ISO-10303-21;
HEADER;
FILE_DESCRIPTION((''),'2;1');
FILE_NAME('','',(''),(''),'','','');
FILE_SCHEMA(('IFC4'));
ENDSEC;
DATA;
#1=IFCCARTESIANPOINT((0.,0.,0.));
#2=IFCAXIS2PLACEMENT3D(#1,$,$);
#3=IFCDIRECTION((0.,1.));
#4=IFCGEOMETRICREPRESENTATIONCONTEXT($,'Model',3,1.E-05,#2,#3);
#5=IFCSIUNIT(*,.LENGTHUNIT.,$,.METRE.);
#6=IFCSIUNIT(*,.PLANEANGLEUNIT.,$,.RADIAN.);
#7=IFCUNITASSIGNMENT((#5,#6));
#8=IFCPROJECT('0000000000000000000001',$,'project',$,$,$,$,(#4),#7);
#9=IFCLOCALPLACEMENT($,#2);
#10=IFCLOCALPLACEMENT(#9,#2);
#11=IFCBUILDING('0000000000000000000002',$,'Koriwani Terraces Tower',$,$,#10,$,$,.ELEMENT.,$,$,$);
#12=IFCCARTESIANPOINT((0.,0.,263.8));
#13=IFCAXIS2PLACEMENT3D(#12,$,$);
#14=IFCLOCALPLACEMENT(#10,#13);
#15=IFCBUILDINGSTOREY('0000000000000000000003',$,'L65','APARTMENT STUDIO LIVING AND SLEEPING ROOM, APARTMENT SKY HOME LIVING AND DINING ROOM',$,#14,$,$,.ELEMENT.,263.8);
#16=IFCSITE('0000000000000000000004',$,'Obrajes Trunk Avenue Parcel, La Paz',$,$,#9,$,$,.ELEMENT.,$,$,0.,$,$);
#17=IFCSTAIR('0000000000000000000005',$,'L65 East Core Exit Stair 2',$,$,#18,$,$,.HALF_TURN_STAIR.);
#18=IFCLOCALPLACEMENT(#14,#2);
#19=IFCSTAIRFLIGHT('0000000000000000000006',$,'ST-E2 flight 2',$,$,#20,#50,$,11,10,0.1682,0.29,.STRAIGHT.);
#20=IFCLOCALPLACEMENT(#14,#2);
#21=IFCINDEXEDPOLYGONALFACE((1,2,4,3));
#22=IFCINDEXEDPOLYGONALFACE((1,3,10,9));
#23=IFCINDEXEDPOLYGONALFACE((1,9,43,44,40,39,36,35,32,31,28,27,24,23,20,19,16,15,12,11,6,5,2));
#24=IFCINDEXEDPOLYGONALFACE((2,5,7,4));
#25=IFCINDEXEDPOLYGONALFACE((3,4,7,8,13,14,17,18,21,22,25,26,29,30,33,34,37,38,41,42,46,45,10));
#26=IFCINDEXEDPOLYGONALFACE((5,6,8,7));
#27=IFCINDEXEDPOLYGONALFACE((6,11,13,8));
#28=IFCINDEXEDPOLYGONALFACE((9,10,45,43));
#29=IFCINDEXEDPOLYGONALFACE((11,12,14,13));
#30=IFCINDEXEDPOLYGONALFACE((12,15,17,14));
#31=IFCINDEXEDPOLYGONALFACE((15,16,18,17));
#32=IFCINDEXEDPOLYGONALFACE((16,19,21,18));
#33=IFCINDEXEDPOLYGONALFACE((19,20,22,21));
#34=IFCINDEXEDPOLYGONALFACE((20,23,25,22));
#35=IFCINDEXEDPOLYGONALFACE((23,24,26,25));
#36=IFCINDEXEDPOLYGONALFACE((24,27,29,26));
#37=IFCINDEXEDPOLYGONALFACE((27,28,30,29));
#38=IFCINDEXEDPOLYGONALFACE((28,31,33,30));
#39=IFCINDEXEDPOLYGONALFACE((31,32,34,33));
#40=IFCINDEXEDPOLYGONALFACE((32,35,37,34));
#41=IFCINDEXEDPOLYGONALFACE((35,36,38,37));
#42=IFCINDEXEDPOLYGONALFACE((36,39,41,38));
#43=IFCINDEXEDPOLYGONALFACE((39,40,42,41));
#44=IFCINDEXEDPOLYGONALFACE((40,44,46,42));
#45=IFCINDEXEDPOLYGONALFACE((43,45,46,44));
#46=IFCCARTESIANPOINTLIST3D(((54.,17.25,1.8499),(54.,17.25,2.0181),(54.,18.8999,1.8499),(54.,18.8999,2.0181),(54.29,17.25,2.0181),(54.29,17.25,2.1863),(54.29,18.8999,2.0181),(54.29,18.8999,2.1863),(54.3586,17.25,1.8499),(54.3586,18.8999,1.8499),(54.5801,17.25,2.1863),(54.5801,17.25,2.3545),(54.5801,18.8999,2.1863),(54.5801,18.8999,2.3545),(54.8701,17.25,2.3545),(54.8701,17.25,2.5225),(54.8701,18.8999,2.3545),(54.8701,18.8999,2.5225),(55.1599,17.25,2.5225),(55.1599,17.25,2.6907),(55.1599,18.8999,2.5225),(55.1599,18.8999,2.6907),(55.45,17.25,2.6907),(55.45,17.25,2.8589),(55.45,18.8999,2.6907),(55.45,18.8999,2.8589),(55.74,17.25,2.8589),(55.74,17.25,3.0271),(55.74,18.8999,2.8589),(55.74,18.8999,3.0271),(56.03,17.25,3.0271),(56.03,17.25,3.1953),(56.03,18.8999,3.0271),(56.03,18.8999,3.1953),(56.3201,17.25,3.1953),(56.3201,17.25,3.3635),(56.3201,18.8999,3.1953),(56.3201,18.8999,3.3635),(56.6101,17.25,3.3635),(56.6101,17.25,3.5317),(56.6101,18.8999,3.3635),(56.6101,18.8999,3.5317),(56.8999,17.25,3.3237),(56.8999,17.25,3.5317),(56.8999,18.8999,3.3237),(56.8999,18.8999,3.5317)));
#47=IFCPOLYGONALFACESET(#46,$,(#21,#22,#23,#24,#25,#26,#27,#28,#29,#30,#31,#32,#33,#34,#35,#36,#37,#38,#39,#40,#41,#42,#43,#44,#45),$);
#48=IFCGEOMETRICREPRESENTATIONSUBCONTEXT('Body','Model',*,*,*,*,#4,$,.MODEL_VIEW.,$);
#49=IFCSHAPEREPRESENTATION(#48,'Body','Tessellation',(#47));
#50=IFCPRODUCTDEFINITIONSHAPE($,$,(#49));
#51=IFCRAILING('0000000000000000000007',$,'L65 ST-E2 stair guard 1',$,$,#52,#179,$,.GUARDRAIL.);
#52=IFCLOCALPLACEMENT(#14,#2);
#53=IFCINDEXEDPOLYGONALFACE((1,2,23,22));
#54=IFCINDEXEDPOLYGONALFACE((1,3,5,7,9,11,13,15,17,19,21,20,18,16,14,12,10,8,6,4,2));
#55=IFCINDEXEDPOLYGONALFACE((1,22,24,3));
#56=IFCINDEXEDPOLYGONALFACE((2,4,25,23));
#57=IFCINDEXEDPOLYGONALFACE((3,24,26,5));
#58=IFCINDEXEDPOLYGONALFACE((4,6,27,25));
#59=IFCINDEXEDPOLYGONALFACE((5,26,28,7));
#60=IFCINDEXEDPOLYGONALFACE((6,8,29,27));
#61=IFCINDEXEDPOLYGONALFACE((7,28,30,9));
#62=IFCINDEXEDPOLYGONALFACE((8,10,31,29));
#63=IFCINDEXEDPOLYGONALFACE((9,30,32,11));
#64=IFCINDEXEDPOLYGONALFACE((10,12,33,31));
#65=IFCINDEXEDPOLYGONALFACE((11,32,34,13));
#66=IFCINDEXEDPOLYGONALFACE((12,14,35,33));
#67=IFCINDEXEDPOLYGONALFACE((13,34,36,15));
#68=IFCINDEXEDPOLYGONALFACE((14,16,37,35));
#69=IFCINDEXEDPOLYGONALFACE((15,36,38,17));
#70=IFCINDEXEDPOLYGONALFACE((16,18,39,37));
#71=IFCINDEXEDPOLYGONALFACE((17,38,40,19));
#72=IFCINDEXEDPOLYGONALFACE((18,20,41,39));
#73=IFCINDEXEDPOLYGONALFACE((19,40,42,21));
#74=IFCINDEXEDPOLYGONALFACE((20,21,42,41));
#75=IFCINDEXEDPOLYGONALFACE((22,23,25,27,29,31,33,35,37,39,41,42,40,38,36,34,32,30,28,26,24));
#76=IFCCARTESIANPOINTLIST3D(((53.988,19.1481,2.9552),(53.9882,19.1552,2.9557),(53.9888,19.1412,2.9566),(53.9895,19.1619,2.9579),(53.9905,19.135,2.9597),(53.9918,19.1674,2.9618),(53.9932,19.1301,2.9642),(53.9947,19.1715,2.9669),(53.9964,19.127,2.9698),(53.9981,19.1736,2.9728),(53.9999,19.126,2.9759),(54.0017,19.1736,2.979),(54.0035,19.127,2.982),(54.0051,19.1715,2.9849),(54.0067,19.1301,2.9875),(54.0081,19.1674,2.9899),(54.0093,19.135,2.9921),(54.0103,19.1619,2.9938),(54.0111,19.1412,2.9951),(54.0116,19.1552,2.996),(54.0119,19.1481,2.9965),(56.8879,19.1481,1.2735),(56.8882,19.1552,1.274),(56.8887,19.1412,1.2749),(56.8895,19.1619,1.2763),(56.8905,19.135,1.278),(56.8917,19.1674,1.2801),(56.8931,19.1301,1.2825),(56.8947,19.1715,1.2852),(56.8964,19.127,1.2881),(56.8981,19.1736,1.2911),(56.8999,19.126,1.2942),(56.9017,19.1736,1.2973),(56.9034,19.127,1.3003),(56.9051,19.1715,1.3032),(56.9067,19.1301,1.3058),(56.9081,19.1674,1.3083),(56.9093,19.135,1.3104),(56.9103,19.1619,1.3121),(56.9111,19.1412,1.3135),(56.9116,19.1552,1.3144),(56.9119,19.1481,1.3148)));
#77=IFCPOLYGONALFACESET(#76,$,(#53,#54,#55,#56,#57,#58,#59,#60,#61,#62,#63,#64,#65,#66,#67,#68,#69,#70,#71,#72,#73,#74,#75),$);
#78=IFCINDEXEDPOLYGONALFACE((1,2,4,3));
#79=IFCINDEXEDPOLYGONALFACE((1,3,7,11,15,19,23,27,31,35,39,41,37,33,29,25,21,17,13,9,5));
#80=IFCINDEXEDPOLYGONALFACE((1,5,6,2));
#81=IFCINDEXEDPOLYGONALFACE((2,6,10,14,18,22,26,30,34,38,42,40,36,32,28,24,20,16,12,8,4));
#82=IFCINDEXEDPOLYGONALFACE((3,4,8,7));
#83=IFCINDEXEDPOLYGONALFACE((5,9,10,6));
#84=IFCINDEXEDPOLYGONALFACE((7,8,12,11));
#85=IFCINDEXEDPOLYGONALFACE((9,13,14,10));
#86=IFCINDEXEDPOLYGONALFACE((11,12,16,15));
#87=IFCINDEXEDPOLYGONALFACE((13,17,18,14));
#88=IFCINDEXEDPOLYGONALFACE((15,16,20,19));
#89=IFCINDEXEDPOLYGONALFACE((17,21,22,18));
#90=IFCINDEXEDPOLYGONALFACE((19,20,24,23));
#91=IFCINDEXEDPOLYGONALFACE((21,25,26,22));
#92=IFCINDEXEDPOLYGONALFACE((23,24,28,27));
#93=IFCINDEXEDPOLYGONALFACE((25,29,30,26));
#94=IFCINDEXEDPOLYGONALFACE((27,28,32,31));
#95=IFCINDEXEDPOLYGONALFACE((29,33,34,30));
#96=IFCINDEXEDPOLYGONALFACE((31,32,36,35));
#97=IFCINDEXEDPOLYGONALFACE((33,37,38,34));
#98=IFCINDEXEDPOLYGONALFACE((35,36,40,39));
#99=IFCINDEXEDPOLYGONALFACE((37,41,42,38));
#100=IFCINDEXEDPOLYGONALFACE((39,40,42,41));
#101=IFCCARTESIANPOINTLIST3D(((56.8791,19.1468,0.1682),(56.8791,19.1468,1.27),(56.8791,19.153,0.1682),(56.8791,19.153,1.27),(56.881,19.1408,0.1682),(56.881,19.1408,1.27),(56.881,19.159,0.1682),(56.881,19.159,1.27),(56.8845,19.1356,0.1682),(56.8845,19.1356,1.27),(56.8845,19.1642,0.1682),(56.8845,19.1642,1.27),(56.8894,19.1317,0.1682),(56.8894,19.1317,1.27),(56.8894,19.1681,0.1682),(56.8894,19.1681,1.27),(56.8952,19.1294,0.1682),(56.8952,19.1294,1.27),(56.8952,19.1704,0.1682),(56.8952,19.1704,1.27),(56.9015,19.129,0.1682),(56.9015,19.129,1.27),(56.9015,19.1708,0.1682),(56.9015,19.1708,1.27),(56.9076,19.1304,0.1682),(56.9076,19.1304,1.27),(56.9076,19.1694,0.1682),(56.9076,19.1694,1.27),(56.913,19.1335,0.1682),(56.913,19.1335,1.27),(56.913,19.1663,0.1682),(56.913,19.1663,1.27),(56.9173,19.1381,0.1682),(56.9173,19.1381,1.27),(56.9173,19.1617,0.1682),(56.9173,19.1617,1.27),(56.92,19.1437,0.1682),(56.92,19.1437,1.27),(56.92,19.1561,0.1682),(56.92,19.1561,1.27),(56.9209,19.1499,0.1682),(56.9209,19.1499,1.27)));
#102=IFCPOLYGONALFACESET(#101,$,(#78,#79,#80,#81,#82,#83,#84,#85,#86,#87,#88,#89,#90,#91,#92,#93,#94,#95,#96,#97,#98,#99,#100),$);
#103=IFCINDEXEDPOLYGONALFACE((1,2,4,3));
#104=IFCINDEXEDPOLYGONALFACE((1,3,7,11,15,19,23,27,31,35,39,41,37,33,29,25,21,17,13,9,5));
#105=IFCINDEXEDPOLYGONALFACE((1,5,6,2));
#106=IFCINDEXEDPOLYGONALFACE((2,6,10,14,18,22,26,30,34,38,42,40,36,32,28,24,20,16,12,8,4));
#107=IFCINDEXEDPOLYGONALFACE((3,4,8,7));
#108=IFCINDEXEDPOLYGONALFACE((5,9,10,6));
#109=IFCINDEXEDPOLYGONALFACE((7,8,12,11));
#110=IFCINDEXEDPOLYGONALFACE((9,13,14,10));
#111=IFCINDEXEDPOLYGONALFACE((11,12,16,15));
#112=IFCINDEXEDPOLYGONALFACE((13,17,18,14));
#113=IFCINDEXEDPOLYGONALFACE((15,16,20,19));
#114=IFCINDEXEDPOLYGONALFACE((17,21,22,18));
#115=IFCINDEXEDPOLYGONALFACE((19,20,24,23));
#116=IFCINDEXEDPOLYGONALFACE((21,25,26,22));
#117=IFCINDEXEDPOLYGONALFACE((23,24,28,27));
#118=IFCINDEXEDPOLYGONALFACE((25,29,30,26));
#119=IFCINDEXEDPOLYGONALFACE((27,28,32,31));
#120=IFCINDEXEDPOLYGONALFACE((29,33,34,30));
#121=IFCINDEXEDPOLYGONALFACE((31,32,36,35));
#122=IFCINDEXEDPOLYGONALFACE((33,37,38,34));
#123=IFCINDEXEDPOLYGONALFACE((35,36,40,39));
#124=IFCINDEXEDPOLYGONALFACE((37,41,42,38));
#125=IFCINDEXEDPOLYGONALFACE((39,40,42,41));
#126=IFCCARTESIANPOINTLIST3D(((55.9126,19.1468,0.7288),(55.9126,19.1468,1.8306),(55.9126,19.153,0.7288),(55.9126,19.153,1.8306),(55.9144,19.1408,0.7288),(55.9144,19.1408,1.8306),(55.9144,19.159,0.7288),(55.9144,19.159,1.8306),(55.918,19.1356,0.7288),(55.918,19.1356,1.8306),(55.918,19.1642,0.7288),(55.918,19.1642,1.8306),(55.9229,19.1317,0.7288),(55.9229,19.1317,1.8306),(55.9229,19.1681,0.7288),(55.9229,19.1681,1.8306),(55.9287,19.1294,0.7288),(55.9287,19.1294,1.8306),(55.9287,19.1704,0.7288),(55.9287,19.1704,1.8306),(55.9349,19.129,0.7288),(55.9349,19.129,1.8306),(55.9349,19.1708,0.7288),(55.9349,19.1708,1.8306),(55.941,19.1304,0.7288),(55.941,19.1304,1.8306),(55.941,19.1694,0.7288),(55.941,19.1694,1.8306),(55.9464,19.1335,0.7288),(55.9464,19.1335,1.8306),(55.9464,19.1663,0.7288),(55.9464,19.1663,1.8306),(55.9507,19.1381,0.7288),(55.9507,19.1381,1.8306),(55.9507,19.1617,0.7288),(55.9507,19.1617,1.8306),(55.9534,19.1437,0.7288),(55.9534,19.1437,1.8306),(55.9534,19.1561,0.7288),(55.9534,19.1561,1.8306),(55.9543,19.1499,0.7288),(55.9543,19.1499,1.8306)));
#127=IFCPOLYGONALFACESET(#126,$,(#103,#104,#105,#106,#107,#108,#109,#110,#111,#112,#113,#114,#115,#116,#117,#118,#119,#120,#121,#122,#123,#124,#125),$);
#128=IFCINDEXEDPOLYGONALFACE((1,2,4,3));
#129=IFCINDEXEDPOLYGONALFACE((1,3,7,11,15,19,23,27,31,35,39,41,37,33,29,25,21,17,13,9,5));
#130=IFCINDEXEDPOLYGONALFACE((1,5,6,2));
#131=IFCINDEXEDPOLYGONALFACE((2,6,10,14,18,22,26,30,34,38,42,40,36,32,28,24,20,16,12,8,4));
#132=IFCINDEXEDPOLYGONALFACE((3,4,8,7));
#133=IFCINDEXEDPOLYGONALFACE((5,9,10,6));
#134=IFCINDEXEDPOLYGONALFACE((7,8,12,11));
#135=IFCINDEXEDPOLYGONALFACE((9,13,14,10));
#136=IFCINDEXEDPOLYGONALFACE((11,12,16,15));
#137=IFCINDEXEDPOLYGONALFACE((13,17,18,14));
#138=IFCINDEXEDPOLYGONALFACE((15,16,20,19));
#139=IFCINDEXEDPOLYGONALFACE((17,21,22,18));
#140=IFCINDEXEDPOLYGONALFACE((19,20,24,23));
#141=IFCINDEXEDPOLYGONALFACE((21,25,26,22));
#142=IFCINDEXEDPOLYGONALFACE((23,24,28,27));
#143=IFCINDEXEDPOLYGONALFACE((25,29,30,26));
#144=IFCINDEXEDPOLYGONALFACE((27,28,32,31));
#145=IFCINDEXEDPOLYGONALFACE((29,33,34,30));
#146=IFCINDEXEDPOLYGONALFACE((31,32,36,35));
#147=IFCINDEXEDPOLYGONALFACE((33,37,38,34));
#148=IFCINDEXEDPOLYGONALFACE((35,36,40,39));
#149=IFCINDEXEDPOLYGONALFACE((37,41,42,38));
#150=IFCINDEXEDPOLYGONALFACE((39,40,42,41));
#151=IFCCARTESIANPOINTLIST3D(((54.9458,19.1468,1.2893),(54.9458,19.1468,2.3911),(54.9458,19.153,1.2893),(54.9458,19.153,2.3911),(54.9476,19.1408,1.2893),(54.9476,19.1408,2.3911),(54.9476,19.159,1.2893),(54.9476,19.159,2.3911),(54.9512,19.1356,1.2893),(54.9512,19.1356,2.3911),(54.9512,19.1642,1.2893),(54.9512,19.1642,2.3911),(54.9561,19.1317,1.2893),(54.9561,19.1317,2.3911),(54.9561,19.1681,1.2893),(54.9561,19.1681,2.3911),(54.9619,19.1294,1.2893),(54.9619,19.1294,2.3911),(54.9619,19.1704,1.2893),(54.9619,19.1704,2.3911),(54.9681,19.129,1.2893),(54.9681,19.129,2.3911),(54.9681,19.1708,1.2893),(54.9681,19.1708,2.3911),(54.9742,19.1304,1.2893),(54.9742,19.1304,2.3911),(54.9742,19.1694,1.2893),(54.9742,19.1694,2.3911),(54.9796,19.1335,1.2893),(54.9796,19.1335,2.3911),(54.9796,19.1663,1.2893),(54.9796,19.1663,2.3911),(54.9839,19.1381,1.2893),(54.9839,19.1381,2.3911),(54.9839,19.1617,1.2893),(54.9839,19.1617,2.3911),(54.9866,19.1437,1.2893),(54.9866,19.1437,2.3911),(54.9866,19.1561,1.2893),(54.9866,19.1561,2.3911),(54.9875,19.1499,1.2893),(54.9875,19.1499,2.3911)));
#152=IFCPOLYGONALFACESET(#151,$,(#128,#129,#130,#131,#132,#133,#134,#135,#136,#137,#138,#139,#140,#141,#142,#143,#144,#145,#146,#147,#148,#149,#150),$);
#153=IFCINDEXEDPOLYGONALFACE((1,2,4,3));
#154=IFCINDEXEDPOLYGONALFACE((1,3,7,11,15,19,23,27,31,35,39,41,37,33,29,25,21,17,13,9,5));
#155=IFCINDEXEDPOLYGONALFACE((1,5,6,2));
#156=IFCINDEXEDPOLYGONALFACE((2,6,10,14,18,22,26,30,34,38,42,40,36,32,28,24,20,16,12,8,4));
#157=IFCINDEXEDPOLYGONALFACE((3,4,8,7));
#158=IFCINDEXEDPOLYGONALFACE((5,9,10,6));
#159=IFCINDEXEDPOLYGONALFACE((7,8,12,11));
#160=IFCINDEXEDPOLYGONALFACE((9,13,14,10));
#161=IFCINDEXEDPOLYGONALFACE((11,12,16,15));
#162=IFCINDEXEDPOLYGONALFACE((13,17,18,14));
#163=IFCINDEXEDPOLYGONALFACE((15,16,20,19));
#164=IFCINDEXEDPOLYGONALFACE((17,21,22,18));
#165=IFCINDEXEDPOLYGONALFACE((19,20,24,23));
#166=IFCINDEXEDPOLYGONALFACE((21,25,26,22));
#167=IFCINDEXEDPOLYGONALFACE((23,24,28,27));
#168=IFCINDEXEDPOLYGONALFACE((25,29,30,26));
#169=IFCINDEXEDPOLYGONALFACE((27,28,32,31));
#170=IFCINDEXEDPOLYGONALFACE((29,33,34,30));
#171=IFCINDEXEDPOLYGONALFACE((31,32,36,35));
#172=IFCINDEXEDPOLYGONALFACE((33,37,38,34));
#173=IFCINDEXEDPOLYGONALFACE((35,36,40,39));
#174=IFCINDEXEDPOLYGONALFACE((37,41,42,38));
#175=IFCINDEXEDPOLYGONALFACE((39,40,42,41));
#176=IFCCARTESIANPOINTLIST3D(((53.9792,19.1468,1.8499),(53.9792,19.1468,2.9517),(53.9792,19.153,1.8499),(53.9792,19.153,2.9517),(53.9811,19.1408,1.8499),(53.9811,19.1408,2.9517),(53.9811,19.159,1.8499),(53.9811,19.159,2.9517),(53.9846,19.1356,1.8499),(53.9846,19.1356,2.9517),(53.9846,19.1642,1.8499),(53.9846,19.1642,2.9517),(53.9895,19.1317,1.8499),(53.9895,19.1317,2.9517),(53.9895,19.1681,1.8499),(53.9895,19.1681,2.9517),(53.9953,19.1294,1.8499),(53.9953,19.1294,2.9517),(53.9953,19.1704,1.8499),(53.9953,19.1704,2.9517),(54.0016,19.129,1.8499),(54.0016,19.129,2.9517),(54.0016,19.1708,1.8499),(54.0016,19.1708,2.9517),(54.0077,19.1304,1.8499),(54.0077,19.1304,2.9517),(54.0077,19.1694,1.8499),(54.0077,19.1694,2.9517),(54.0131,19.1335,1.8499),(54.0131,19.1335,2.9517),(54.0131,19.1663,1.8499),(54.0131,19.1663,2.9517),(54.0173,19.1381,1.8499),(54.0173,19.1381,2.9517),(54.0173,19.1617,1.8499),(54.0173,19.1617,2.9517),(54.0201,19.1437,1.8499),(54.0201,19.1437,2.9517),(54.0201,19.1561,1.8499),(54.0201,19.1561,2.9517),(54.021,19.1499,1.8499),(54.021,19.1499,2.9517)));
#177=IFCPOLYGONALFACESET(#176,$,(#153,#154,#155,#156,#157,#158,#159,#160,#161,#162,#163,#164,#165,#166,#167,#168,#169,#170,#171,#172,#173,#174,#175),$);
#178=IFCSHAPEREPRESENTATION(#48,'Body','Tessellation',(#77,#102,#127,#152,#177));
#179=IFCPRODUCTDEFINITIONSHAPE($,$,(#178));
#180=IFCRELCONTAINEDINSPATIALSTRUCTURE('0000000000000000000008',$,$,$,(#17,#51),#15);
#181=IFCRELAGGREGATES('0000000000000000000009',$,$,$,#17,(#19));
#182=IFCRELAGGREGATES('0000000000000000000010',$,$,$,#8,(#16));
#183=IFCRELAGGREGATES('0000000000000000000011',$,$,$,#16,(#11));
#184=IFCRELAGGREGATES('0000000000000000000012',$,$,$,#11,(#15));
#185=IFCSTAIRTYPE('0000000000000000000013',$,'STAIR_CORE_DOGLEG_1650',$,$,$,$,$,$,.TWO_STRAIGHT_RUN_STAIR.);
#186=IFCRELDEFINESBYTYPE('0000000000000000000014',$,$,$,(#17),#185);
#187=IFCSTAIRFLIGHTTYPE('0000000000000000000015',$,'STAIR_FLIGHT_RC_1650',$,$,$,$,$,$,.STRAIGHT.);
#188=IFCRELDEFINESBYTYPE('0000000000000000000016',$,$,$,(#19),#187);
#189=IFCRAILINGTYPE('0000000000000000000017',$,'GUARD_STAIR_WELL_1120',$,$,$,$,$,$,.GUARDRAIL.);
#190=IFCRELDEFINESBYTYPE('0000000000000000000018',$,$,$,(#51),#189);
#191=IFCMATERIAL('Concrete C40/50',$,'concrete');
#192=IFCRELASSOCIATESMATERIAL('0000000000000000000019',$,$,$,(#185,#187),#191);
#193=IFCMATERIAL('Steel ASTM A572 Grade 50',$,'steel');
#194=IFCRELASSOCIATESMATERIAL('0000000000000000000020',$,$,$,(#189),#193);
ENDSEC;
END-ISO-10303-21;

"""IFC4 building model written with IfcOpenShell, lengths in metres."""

from ifc_helpers import new_model, si_unit, direction, frame, origin, origin_2d, place, context, subcontext, project, spatial, polyline, circle, outline, extrude, material, type_object, element, aggregate, save


model = new_model("IFC4")

# Units and contexts
model_context = context("Model", 3, precision=1e-05, world=origin(), true_north=direction((0.0, 1.0)))
body_context = subcontext(model_context, "Body", "Model", "MODEL_VIEW")
ifc_project = project(units=[si_unit("LENGTHUNIT", "METRE"), si_unit("PLANEANGLEUNIT", "RADIAN")], contexts=[model_context])

# Site, building, storey
site_placement = place(None, origin())
site = spatial("IfcSite", under=ifc_project, at=site_placement, Name="Obrajes Trunk Avenue Parcel, La Paz", CompositionType="ELEMENT", RefElevation=0.0)
building_placement = place(site_placement, origin())
building = spatial("IfcBuilding", under=site, at=building_placement, Name="Koriwani Terraces Tower", CompositionType="ELEMENT")
storey_placement = place(building_placement, frame((0.0, 0.0, 263.8)))
storey = spatial("IfcBuildingStorey", under=building, at=storey_placement, Name="L65", Description="APARTMENT STUDIO LIVING AND SLEEPING ROOM, APARTMENT SKY HOME LIVING AND DINING ROOM", CompositionType="ELEMENT", Elevation=263.8)

# Shared definitions
ifc_material_1 = material(Name="Concrete C40/50", Category="concrete")

# Shared definitions
ifc_material_2 = material(Name="Steel ASTM A572 Grade 50", Category="steel")

# Stair, stair flight
stair_type = type_object("IfcStairType", Name="STAIR_CORE_DOGLEG_1650", PredefinedType="TWO_STRAIGHT_RUN_STAIR", material=ifc_material_1)
stair_placement = place(storey_placement, origin())
stair = element("IfcStair", 1, at=stair_placement, inside=storey, type_object=stair_type, Name="L65 East Core Exit Stair 2", PredefinedType="HALF_TURN_STAIR")
stair_flight_type = type_object("IfcStairFlightType", Name="STAIR_FLIGHT_RC_1650", PredefinedType="STRAIGHT", material=ifc_material_1)
stair_flight_1_placement = place(storey_placement, frame((54.0, 18.075, 1.8499), z_axis=(0.0, 0.0, 1.0), x_axis=(1.0, 0.0, 0.0)))
stair_flight_1 = element("IfcStairFlight", 2, at=stair_flight_1_placement, type_object=stair_flight_type, Name="ST-E2 flight 2", NumberOfRisers=11, NumberOfTreads=10, PredefinedType="STRAIGHT", RiserHeight=0.1682, TreadLength=0.29, context=body_context, shape_type="SweptSolid", body=[
    extrude(outline(polyline([(0.0, 0.0), (0.0, 0.1682), (0.29, 0.1682), (0.29, 0.3364), (0.5801, 0.3364), (0.5801, 0.5046), (0.8701, 0.5046), (0.8701, 0.6726), (1.1599, 0.6726), (1.1599, 0.8408), (1.45, 0.8408), (1.45, 1.009), (1.74, 1.009), (1.74, 1.1772), (2.03, 1.1772), (2.03, 1.3455), (2.3201, 1.3455), (2.3201, 1.5137), (2.6101, 1.5137), (2.6101, 1.6819), (2.8999, 1.6819), (2.8999, 1.8501), (2.8999, 1.4739), (0.3586, 0.0), (0.0, 0.0)])), frame((0.0, 0.825, 0.0), z_axis=(0.0, -1.0, 0.0), x_axis=(1.0, 0.0, 0.0)), (0.0, 0.0, 1.0), 1.6499),
])
aggregate(stair, [stair_flight_1])

# Railing
railing_type_1 = type_object("IfcRailingType", Name="GUARD_STAIR_WELL_1120", PredefinedType="GUARDRAIL", material=ifc_material_2)
railing_1_placement = place(storey_placement, frame((56.8999, 19.1499, 0.1682)))
element("IfcRailing", 3, at=railing_1_placement, inside=storey, type_object=railing_type_1, Name="L65 ST-E2 stair guard 1", PredefinedType="GUARDRAIL", context=body_context, shape_type="SweptSolid", body=[
    extrude(circle(Radius=0.0239, at=origin_2d()), frame((0.0, 0.0, 1.126), z_axis=(-0.86507, 0.0, 0.501651), x_axis=(0.0, -1.0, 0.0)), (0.0, 0.0, 1.0), 3.3523),
    extrude(circle(Radius=0.021, at=origin_2d()), origin(), (0.0, 0.0, 1.0), 1.1018),
    extrude(circle(Radius=0.021, at=origin_2d()), frame((-0.9666, 0.0, 0.5605)), (0.0, 0.0, 1.0), 1.1018),
    extrude(circle(Radius=0.021, at=origin_2d()), frame((-1.9333, 0.0, 1.1211)), (0.0, 0.0, 1.0), 1.1018),
    extrude(circle(Radius=0.021, at=origin_2d()), frame((-2.8999, 0.0, 1.6816)), (0.0, 0.0, 1.0), 1.1018),
])

save(model, "model.ifc")
